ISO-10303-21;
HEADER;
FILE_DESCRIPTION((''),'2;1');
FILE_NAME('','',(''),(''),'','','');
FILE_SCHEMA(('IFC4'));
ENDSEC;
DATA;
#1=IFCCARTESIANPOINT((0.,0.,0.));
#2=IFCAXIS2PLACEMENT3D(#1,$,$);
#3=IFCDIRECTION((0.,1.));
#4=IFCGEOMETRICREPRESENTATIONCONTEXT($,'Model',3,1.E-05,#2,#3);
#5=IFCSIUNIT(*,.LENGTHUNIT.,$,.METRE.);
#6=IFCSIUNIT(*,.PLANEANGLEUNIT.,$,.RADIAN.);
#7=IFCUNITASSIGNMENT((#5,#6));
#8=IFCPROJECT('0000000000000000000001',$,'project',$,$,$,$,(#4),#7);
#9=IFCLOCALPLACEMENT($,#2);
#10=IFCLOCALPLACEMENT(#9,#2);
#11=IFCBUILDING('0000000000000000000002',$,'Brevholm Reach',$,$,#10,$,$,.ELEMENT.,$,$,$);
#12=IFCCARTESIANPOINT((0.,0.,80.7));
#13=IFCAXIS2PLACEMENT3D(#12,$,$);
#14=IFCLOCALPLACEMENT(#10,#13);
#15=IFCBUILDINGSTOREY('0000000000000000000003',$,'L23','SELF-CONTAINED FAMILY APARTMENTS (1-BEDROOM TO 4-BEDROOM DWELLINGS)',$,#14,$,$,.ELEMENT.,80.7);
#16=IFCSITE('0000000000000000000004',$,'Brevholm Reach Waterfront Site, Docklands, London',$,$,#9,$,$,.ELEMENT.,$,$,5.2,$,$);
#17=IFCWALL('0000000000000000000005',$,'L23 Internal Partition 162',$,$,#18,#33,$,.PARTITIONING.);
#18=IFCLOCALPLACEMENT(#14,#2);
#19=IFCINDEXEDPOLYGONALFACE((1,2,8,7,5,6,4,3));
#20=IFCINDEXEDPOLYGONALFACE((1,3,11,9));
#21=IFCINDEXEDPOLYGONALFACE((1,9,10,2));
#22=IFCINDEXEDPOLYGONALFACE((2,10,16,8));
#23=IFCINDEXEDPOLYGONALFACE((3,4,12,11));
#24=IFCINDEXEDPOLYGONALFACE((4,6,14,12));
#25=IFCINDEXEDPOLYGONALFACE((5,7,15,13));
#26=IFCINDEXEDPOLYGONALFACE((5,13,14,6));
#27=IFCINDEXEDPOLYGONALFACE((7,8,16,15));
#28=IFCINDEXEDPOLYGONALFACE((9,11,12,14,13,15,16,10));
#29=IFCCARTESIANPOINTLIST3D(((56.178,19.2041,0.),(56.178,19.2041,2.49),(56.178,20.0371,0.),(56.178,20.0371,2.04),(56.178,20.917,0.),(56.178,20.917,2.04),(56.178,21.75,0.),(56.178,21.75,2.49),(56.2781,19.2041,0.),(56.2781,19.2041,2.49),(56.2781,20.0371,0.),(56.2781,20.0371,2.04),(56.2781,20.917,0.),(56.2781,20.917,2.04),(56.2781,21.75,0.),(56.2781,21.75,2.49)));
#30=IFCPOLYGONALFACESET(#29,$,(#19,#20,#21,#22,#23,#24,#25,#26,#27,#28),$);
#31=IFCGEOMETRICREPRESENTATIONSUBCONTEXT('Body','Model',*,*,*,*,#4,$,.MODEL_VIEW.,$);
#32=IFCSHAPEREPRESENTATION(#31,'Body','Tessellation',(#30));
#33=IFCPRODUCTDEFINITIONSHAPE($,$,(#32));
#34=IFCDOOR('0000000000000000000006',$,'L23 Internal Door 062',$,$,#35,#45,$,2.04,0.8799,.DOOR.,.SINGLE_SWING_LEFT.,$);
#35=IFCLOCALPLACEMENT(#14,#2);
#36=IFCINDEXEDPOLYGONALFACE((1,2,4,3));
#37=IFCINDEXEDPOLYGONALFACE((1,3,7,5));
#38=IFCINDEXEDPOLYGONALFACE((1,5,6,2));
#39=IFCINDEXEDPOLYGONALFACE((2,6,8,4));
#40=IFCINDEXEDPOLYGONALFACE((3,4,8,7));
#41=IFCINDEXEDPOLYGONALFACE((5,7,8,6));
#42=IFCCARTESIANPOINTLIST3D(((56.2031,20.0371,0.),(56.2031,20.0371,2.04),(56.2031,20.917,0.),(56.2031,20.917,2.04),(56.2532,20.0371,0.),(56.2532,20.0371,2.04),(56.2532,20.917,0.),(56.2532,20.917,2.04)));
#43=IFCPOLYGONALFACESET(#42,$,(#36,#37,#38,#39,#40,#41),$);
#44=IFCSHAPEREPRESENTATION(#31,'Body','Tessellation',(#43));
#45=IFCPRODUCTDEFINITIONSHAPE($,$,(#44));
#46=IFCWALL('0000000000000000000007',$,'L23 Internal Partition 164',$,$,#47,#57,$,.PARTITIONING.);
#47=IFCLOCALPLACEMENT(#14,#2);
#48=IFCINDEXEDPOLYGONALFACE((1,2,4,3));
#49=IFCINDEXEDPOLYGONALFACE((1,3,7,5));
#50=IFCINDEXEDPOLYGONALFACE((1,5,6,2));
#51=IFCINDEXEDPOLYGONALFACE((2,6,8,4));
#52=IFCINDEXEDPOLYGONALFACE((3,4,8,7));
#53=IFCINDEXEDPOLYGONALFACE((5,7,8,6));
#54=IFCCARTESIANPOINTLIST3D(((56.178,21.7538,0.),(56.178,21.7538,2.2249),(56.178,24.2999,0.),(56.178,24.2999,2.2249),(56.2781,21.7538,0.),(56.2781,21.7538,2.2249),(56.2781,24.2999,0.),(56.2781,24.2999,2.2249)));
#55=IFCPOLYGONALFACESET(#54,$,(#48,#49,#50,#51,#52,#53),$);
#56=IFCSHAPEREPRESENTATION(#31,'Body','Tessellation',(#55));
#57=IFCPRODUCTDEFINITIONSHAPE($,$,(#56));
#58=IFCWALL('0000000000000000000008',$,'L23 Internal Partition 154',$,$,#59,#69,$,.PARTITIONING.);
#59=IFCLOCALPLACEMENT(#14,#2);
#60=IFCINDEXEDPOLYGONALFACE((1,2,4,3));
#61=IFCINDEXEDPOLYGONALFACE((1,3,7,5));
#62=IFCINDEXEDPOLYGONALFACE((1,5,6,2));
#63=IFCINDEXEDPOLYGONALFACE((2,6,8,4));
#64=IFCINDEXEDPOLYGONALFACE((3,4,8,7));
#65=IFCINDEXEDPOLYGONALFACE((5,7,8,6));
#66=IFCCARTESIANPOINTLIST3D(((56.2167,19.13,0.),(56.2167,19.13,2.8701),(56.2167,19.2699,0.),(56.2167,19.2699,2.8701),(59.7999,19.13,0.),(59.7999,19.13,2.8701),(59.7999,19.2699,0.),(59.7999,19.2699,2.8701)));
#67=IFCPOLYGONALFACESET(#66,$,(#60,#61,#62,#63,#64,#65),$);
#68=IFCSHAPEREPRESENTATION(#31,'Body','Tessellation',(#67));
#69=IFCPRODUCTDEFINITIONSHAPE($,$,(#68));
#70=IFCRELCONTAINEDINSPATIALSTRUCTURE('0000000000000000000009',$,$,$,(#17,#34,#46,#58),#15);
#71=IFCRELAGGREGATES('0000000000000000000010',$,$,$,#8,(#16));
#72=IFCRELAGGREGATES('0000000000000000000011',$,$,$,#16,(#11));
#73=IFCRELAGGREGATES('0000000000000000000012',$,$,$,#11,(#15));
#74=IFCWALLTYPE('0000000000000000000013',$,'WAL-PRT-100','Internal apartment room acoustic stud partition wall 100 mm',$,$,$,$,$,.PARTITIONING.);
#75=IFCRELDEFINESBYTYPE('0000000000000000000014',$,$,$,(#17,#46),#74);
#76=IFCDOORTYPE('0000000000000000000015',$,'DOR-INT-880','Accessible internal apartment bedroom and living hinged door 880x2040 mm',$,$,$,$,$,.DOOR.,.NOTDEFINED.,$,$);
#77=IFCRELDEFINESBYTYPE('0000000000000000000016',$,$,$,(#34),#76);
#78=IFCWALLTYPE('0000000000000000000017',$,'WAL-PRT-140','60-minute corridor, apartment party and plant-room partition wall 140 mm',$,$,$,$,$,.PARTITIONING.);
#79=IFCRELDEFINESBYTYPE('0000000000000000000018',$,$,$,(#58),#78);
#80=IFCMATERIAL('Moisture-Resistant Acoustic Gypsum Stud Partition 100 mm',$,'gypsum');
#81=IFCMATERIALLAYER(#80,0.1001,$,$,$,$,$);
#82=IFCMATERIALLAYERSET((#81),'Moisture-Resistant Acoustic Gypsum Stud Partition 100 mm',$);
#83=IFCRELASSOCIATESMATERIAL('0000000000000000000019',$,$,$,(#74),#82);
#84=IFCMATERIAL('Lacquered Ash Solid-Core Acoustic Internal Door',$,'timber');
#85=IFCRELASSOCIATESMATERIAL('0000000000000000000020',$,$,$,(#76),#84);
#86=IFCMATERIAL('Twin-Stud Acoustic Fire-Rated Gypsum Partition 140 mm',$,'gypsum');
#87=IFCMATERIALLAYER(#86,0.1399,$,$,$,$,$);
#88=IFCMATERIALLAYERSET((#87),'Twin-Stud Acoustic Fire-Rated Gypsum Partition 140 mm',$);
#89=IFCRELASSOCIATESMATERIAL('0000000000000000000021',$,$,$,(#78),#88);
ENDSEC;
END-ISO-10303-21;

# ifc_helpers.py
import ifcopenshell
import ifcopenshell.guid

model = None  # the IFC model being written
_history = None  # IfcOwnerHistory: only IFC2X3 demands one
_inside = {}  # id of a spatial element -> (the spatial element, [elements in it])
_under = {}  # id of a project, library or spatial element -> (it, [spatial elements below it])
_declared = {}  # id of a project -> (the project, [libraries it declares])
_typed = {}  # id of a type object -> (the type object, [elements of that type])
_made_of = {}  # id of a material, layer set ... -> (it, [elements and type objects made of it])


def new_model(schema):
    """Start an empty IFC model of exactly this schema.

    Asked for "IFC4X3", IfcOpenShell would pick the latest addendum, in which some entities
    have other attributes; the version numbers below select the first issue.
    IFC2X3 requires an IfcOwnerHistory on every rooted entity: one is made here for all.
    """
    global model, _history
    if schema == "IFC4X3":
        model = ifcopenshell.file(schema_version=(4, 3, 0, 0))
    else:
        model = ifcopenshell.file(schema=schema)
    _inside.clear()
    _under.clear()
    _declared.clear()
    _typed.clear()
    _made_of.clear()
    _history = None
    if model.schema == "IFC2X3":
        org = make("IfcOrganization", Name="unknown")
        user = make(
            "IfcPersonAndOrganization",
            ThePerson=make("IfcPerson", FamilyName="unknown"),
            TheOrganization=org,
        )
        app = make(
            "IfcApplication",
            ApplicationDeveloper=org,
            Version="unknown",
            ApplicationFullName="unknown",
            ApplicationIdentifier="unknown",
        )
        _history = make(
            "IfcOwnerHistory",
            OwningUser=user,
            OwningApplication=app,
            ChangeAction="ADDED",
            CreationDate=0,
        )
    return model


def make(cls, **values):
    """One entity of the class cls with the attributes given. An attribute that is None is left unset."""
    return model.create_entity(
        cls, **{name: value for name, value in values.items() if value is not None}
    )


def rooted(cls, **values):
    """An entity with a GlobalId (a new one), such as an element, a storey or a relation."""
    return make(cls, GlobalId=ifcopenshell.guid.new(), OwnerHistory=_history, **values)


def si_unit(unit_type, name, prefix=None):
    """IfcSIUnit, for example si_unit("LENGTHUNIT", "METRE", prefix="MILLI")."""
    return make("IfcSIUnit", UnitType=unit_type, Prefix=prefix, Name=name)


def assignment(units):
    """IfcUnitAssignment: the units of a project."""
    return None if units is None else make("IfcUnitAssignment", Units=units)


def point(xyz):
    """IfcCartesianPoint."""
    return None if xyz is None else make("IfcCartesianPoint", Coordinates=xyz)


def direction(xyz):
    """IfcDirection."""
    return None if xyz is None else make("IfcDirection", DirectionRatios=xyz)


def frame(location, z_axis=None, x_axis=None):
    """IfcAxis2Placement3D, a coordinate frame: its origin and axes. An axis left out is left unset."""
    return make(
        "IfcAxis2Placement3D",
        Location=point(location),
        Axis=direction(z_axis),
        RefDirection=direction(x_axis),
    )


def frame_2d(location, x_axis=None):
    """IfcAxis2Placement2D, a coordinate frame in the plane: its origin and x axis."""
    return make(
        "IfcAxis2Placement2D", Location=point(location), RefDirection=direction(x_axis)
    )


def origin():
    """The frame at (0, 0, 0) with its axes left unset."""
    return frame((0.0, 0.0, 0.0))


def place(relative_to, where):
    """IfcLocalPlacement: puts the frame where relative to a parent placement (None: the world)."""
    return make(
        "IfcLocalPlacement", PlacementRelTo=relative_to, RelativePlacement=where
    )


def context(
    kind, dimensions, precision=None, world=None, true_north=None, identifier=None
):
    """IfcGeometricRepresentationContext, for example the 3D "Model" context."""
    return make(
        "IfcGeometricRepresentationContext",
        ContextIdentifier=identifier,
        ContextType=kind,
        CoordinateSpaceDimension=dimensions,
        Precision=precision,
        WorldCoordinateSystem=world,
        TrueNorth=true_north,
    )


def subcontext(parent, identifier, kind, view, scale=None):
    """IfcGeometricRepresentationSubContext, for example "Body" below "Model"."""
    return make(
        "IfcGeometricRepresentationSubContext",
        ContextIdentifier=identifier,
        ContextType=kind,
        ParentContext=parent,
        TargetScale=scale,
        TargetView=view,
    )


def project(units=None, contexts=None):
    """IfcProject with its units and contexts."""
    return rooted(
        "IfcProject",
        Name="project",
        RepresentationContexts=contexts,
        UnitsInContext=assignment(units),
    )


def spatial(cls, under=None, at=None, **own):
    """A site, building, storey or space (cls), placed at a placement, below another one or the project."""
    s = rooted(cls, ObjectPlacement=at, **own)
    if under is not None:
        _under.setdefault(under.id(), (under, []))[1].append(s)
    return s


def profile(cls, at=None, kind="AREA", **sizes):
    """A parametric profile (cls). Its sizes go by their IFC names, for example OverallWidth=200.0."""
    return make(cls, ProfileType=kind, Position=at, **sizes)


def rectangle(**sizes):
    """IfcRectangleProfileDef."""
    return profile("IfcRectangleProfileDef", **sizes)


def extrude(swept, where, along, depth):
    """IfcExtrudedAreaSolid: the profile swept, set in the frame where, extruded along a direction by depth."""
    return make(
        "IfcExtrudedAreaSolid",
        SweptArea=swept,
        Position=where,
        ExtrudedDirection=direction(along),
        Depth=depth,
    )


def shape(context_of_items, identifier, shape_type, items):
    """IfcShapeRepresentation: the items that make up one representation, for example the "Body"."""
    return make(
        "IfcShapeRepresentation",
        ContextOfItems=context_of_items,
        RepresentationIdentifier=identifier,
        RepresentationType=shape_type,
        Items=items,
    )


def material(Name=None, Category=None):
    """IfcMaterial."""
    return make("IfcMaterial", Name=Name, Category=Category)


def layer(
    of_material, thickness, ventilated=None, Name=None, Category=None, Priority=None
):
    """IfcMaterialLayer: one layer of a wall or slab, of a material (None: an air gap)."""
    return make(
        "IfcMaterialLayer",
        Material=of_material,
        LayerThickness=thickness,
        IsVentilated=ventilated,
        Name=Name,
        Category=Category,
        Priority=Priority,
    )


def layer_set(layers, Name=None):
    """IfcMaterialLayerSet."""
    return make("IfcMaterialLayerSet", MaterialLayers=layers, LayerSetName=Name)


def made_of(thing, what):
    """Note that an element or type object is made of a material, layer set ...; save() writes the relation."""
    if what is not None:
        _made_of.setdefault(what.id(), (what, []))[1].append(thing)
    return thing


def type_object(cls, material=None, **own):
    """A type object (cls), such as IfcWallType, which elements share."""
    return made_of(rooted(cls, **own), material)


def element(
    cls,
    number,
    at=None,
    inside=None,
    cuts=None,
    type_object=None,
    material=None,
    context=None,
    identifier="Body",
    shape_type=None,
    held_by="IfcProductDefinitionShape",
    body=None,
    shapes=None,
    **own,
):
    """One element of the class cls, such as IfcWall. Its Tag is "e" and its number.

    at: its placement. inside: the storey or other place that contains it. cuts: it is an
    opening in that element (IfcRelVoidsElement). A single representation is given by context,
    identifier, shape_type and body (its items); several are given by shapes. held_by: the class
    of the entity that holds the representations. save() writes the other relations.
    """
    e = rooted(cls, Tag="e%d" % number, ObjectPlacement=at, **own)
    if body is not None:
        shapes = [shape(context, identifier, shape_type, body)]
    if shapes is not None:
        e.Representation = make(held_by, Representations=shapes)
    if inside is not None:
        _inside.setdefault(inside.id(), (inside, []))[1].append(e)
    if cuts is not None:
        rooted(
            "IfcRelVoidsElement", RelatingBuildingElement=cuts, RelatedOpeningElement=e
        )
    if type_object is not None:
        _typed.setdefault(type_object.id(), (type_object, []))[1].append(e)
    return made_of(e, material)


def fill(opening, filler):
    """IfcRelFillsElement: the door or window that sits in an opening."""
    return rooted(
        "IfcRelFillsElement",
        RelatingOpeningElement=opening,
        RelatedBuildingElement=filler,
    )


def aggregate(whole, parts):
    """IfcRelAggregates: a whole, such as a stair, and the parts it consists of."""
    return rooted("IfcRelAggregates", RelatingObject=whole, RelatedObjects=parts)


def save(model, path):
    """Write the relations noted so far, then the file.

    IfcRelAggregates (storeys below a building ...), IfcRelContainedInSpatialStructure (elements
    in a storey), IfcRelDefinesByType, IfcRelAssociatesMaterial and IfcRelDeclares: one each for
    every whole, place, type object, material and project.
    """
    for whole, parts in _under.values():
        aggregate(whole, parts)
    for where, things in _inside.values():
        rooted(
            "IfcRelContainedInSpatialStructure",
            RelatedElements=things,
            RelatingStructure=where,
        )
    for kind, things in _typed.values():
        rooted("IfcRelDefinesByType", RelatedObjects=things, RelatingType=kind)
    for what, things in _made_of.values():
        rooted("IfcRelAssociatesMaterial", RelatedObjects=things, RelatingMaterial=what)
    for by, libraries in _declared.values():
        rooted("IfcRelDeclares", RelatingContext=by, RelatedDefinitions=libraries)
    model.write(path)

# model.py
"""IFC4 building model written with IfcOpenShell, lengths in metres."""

from ifc_helpers import new_model, si_unit, direction, frame, frame_2d, origin, place, context, subcontext, project, spatial, rectangle, extrude, material, layer, layer_set, type_object, element, fill, save


model = new_model("IFC4")

# Units and contexts
model_context = context("Model", 3, precision=1e-05, world=origin(), true_north=direction((0.0, 1.0)))
body_context = subcontext(model_context, "Body", "Model", "MODEL_VIEW")
ifc_project = project(units=[si_unit("LENGTHUNIT", "METRE"), si_unit("PLANEANGLEUNIT", "RADIAN")], contexts=[model_context])

# Site, building, storey
site_placement = place(None, origin())
site = spatial("IfcSite", under=ifc_project, at=site_placement, Name="Brevholm Reach Waterfront Site, Docklands, London", CompositionType="ELEMENT", RefElevation=5.2)
building_placement = place(site_placement, origin())
building = spatial("IfcBuilding", under=site, at=building_placement, Name="Brevholm Reach", CompositionType="ELEMENT")
storey_placement = place(building_placement, frame((0.0, 0.0, 80.7)))
storey = spatial("IfcBuildingStorey", under=building, at=storey_placement, Name="L23", Description="SELF-CONTAINED FAMILY APARTMENTS (1-BEDROOM TO 4-BEDROOM DWELLINGS)", CompositionType="ELEMENT", Elevation=80.7)

# Shared definitions
ifc_material_1 = material(Name="Moisture-Resistant Acoustic Gypsum Stud Partition 100 mm", Category="gypsum")
ifc_layer_1 = layer(ifc_material_1, 0.1001)
ifc_layer_set_1 = layer_set([ifc_layer_1], Name="Moisture-Resistant Acoustic Gypsum Stud Partition 100 mm")
wall_type_1 = type_object("IfcWallType", Name="WAL-PRT-100", Description="Internal apartment room acoustic stud partition wall 100 mm", PredefinedType="PARTITIONING", material=ifc_layer_set_1)

# Wall, opening, door
wall_1_placement = place(storey_placement, frame((56.228, 19.2041, 0.0), z_axis=(0.0, 0.0, 1.0), x_axis=(0.0, 1.0, 0.0)))
wall_1 = element("IfcWall", 1, at=wall_1_placement, inside=storey, type_object=wall_type_1, Name="L23 Internal Partition 162", PredefinedType="PARTITIONING", context=body_context, shape_type="SweptSolid", body=[
    extrude(rectangle(XDim=2.5459, YDim=0.1001, at=frame_2d((1.2729, 0.0))), origin(), (0.0, 0.0, 1.0), 2.49),
])
opening_1_placement = place(wall_1_placement, frame((0.833, 0.0, 0.0)))
opening_1 = element("IfcOpeningElement", 2, at=opening_1_placement, cuts=wall_1, PredefinedType="OPENING", context=body_context, shape_type="SweptSolid", body=[
    extrude(rectangle(XDim=0.8799, YDim=2.04, at=frame_2d((0.4399, 1.02))), frame((0.0, 0.0601, 0.0), z_axis=(0.0, -1.0, 0.0), x_axis=(1.0, 0.0, 0.0)), (0.0, 0.0, 1.0), 0.1201),
])
ifc_material_2 = material(Name="Lacquered Ash Solid-Core Acoustic Internal Door", Category="timber")
door_type = type_object("IfcDoorType", Name="DOR-INT-880", Description="Accessible internal apartment bedroom and living hinged door 880x2040 mm", OperationType="NOTDEFINED", PredefinedType="DOOR", material=ifc_material_2)
door_placement = place(opening_1_placement, origin())
door = element("IfcDoor", 3, at=door_placement, inside=storey, type_object=door_type, Name="L23 Internal Door 062", OperationType="SINGLE_SWING_LEFT", OverallHeight=2.04, OverallWidth=0.8799, PredefinedType="DOOR", context=body_context, shape_type="SweptSolid", body=[
    extrude(rectangle(XDim=0.8799, YDim=2.04, at=frame_2d((0.4399, 1.02))), frame((0.0, 0.0249, 0.0), z_axis=(0.0, -1.0, 0.0), x_axis=(1.0, 0.0, 0.0)), (0.0, 0.0, 1.0), 0.05),
])
fill(opening_1, door)

# Walls
wall_2_placement = place(storey_placement, frame((56.228, 21.7539, 0.0), z_axis=(0.0, 0.0, 1.0), x_axis=(0.0, 1.0, 0.0)))
element("IfcWall", 4, at=wall_2_placement, inside=storey, type_object=wall_type_1, Name="L23 Internal Partition 164", PredefinedType="PARTITIONING", context=body_context, shape_type="SweptSolid", body=[
    extrude(rectangle(XDim=2.5461, YDim=0.1001, at=frame_2d((1.2729, 0.0))), origin(), (0.0, 0.0, 1.0), 2.2249),
])
ifc_material_3 = material(Name="Twin-Stud Acoustic Fire-Rated Gypsum Partition 140 mm", Category="gypsum")
ifc_layer_2 = layer(ifc_material_3, 0.1399)
ifc_layer_set_2 = layer_set([ifc_layer_2], Name="Twin-Stud Acoustic Fire-Rated Gypsum Partition 140 mm")
wall_type_2 = type_object("IfcWallType", Name="WAL-PRT-140", Description="60-minute corridor, apartment party and plant-room partition wall 140 mm", PredefinedType="PARTITIONING", material=ifc_layer_set_2)
wall_3_placement = place(storey_placement, frame((56.2168, 19.2, 0.0), z_axis=(0.0, 0.0, 1.0), x_axis=(1.0, 0.0, 0.0)))
element("IfcWall", 5, at=wall_3_placement, inside=storey, type_object=wall_type_2, Name="L23 Internal Partition 154", PredefinedType="PARTITIONING", context=body_context, shape_type="SweptSolid", body=[
    extrude(rectangle(XDim=3.5833, YDim=0.1399, at=frame_2d((1.7915, 0.0))), origin(), (0.0, 0.0, 1.0), 2.8701),
])

save(model, "model.ifc")
